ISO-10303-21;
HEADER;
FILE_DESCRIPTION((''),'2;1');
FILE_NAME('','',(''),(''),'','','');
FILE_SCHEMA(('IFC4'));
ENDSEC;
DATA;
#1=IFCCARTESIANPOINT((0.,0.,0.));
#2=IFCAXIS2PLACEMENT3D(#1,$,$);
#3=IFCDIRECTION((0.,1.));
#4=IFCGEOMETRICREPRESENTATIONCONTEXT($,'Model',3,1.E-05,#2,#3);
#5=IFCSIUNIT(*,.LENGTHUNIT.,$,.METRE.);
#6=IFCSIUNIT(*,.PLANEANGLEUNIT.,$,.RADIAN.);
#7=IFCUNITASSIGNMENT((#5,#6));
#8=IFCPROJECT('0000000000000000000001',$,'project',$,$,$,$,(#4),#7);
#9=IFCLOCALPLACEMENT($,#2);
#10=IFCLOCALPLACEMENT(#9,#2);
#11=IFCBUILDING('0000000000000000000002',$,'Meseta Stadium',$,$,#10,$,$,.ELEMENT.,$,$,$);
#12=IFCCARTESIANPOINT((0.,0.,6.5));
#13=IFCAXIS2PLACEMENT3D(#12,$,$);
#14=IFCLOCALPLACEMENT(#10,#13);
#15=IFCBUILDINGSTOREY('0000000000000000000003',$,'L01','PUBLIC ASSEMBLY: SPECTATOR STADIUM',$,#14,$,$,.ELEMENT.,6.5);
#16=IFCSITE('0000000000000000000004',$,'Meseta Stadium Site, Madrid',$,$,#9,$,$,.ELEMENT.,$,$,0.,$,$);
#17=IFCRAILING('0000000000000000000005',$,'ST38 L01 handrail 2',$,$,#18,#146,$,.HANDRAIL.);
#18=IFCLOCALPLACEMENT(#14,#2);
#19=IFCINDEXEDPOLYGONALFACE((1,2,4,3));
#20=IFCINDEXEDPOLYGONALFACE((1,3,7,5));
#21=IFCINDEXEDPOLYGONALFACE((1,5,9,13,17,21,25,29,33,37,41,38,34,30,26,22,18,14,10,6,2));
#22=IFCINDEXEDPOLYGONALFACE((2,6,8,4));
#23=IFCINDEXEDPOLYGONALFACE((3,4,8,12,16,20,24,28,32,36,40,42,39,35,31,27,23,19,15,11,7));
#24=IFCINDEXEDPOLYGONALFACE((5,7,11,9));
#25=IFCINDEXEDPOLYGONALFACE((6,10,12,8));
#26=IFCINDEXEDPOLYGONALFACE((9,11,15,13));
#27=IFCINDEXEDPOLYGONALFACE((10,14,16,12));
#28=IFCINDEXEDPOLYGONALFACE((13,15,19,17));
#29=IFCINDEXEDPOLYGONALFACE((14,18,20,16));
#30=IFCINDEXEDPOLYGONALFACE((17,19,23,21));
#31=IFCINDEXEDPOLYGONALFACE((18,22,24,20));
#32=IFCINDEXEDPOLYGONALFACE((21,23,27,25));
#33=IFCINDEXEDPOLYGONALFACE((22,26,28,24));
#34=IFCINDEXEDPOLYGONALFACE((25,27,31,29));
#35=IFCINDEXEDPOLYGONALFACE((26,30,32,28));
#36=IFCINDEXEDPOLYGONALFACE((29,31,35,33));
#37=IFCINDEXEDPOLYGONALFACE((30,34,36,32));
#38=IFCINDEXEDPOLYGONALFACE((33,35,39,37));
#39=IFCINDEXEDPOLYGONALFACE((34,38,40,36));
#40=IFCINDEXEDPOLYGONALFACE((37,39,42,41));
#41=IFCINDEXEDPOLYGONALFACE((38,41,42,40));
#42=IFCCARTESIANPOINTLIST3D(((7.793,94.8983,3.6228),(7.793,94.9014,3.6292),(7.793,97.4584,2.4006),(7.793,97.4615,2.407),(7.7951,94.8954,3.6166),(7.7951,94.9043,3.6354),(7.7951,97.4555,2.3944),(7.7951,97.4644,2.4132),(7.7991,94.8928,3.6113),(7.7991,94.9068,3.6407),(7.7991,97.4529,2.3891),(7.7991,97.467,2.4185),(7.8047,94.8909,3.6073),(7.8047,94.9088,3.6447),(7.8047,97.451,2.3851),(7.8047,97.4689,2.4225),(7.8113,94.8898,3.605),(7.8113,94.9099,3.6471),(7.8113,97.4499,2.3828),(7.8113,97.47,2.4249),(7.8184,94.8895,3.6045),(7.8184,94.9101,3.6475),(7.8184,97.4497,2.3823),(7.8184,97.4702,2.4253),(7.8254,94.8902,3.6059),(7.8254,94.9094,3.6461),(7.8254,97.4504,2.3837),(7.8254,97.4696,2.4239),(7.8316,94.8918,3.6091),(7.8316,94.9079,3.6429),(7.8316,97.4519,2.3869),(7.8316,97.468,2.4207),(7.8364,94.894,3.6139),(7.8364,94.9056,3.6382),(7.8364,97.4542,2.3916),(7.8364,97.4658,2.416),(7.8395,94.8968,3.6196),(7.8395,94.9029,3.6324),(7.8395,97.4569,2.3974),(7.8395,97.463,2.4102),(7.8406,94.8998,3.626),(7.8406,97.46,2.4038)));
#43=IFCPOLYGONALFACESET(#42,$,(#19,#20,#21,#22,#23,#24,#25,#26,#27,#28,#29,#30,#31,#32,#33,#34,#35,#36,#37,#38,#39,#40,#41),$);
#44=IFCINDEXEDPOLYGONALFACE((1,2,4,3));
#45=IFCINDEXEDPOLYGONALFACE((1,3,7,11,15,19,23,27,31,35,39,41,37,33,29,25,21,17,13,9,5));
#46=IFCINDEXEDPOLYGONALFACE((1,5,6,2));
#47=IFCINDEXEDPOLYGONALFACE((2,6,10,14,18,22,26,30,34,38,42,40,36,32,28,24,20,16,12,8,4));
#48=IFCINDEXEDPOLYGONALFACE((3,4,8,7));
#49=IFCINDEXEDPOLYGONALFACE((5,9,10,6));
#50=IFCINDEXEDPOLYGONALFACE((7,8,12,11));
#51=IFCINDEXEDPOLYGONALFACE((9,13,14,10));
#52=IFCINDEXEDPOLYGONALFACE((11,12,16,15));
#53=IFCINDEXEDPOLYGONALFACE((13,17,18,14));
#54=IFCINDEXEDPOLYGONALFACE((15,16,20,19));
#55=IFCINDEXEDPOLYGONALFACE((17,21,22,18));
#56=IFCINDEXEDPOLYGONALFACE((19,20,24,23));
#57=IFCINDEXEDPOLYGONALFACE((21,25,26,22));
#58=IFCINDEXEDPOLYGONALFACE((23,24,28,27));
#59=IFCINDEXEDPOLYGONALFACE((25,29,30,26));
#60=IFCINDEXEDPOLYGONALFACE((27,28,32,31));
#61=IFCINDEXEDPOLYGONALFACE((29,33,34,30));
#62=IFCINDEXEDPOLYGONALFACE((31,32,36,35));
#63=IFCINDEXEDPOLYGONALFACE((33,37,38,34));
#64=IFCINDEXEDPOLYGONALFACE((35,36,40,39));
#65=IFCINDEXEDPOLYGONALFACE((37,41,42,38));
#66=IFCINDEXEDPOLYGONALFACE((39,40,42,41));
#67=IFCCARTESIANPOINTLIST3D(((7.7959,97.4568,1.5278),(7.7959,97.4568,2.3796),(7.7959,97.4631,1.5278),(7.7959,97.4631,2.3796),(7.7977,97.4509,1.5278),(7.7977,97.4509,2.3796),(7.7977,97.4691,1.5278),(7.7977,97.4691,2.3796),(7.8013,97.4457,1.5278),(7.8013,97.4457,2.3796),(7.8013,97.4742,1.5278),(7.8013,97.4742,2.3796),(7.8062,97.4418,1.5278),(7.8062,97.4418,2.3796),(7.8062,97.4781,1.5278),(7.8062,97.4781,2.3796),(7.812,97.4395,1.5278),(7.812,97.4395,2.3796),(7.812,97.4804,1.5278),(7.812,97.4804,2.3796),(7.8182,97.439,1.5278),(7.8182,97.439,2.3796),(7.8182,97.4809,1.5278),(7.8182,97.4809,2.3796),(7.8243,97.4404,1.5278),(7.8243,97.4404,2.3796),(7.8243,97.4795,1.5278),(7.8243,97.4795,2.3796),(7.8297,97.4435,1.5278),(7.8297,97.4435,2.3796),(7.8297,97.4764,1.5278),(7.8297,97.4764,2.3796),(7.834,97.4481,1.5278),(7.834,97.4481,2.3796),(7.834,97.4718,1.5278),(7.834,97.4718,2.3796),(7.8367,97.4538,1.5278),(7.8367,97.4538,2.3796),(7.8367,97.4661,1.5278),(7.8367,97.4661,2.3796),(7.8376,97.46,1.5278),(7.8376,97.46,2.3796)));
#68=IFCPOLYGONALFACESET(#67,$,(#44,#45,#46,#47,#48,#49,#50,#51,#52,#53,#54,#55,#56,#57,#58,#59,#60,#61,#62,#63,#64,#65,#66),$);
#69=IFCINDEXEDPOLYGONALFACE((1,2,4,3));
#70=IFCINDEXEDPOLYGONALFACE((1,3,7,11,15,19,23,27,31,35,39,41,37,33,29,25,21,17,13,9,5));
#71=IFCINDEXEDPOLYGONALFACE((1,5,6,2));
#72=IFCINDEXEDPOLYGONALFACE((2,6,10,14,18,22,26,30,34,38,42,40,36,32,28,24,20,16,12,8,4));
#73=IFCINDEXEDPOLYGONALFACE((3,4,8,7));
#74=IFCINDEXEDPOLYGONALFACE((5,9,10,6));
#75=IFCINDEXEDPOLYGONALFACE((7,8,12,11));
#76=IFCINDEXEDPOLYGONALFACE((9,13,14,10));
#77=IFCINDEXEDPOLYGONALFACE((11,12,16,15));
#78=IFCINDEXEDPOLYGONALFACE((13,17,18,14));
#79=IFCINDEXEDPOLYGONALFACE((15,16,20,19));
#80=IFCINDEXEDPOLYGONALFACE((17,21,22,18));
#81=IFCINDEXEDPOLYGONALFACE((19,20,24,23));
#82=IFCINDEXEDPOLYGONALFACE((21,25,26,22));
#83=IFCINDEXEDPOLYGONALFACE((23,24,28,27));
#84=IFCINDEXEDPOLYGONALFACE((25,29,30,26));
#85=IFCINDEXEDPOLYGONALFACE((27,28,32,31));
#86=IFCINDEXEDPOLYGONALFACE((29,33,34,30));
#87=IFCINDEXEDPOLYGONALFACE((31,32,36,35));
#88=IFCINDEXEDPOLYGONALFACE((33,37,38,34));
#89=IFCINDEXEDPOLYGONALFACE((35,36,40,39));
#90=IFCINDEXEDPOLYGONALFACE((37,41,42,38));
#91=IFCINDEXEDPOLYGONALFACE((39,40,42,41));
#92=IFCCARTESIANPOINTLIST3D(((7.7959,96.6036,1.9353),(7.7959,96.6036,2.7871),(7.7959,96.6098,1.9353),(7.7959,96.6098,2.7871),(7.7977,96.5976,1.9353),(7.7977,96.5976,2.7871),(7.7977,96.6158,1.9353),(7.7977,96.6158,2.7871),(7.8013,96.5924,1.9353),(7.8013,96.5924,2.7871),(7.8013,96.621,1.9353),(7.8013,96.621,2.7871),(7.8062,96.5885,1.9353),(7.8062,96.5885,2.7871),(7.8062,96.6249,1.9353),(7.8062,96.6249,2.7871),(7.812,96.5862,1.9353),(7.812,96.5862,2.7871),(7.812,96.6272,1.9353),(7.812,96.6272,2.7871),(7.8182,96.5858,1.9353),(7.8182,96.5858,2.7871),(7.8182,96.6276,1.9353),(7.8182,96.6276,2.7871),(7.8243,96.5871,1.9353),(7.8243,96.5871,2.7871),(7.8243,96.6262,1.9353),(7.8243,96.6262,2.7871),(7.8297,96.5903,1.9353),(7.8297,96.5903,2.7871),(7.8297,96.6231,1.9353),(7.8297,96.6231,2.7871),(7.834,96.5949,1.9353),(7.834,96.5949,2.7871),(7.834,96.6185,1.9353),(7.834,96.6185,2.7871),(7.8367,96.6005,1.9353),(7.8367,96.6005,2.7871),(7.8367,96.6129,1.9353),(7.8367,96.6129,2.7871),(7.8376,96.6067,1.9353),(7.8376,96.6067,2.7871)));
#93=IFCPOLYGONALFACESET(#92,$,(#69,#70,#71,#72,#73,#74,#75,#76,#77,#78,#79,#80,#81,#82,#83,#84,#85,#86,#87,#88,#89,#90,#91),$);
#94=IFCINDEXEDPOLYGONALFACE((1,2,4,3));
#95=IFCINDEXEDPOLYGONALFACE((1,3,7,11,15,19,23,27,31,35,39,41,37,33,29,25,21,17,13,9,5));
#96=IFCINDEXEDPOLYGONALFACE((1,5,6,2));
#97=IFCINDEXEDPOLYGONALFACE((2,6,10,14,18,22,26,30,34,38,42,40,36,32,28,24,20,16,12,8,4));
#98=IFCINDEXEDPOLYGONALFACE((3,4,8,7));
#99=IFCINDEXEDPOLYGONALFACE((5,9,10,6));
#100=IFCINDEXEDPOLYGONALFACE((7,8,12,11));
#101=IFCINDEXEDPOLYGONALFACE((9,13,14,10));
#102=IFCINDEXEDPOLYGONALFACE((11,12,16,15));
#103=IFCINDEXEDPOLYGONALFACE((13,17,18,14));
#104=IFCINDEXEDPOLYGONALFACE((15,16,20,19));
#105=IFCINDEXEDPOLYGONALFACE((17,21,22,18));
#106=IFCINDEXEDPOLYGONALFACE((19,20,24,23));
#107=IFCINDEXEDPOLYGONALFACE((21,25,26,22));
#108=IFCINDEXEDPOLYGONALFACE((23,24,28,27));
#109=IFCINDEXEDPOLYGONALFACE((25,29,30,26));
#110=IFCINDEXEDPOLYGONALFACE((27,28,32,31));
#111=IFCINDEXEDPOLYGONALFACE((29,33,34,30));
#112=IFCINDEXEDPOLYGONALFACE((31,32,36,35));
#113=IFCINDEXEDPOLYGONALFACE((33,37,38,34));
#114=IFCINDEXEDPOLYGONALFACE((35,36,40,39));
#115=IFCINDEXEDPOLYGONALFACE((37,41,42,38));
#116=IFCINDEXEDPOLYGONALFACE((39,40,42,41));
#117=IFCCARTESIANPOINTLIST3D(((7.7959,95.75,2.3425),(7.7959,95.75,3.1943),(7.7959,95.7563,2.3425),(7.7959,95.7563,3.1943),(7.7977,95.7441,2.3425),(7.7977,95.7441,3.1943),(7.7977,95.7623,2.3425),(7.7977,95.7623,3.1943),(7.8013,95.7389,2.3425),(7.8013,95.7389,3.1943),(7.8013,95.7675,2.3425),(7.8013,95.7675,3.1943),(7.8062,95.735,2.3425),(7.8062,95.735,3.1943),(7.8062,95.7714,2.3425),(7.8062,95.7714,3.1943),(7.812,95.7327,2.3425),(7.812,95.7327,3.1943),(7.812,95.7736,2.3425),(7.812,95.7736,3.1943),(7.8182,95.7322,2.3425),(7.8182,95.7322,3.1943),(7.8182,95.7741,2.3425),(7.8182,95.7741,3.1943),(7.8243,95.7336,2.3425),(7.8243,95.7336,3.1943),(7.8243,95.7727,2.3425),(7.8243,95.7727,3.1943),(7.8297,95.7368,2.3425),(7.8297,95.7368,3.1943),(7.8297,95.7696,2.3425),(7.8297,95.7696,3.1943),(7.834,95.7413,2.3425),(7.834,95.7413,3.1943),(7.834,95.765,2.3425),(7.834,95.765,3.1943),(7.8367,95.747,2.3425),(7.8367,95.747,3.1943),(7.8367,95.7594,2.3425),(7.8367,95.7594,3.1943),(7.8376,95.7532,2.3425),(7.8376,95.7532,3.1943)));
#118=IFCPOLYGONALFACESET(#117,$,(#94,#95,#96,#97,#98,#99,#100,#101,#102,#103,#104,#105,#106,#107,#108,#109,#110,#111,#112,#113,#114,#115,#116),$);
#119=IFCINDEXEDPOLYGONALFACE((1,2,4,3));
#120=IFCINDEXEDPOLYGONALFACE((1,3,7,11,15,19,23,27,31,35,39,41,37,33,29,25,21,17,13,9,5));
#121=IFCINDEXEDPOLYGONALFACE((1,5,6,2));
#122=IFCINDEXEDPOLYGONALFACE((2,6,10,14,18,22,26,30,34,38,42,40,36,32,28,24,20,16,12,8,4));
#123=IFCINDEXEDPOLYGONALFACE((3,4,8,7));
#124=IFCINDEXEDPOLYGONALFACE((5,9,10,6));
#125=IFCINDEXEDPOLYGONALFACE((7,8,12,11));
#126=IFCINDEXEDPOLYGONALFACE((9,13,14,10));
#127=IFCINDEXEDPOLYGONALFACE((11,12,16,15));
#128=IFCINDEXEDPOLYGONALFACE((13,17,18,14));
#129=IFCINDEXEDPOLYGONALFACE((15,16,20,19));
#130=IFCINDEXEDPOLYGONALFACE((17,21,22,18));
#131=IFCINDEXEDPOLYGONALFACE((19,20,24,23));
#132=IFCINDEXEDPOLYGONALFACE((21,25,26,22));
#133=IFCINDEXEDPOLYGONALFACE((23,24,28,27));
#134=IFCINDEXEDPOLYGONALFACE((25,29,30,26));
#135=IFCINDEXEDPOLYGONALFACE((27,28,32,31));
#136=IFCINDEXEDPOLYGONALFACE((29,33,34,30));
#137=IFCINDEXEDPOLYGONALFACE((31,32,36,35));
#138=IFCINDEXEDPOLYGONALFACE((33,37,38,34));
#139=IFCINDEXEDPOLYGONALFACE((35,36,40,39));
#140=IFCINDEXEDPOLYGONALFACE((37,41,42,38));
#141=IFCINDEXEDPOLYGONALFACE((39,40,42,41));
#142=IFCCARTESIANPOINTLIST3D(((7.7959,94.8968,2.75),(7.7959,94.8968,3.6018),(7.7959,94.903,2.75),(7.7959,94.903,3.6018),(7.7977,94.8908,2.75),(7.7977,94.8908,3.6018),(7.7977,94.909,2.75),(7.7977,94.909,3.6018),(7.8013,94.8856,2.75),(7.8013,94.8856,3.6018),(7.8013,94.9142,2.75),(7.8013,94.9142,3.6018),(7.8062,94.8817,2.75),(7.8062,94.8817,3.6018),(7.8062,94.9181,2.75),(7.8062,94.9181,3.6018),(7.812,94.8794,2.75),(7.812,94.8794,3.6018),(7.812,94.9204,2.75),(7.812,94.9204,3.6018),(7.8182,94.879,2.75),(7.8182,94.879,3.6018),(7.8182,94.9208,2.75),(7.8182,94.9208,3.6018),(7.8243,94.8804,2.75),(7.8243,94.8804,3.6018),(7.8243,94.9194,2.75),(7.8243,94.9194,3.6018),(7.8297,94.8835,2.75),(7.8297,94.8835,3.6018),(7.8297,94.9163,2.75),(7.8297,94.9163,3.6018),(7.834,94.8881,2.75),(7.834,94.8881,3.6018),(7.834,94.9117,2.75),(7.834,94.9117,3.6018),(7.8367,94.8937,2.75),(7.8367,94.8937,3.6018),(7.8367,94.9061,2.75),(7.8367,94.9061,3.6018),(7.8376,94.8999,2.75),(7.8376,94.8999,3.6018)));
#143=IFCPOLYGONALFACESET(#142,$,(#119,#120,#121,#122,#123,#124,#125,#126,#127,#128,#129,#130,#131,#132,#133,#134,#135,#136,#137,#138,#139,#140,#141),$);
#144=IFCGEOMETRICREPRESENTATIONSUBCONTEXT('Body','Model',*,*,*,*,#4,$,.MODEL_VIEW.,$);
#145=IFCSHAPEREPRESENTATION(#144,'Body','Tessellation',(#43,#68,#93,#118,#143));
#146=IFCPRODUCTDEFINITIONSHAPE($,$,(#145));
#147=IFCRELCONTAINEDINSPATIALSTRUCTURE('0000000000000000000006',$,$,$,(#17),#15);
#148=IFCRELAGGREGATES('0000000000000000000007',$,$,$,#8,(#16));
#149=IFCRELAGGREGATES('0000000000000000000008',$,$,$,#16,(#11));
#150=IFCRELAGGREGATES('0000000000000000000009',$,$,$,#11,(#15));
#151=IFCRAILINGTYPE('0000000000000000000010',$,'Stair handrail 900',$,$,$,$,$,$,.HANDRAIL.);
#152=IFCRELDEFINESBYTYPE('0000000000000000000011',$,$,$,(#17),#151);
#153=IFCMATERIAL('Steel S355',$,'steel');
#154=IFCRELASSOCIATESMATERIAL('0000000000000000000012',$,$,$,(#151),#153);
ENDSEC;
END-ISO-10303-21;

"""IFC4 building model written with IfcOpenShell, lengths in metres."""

from ifc_helpers import new_model, si_unit, direction, frame, origin, origin_2d, place, context, subcontext, project, spatial, circle, extrude, material, type_object, element, save


model = new_model("IFC4")

# Units and contexts
model_context = context("Model", 3, precision=1e-05, world=origin(), true_north=direction((0.0, 1.0)))
body_context = subcontext(model_context, "Body", "Model", "MODEL_VIEW")
ifc_project = project(units=[si_unit("LENGTHUNIT", "METRE"), si_unit("PLANEANGLEUNIT", "RADIAN")], contexts=[model_context])

# Site, building, storey
site_placement = place(None, origin())
site = spatial("IfcSite", under=ifc_project, at=site_placement, Name="Meseta Stadium Site, Madrid", CompositionType="ELEMENT", RefElevation=0.0)
building_placement = place(site_placement, origin())
building = spatial("IfcBuilding", under=site, at=building_placement, Name="Meseta Stadium", CompositionType="ELEMENT")
storey_placement = place(building_placement, frame((0.0, 0.0, 6.5)))
storey = spatial("IfcBuildingStorey", under=building, at=storey_placement, Name="L01", Description="PUBLIC ASSEMBLY: SPECTATOR STADIUM", CompositionType="ELEMENT", Elevation=6.5)

# Railing
ifc_material_1 = material(Name="Steel S355", Category="steel")
railing_type_1 = type_object("IfcRailingType", Name="Stair handrail 900", PredefinedType="HANDRAIL", material=ifc_material_1)
railing_1_placement = place(storey_placement, frame((7.8167, 97.46, 1.5278)))
element("IfcRailing", 1, at=railing_1_placement, inside=storey, type_object=railing_type_1, Name="ST38 L01 handrail 2", PredefinedType="HANDRAIL", context=body_context, shape_type="SweptSolid", body=[
    extrude(circle(Radius=0.0239, at=origin_2d()), frame((0.0, 0.0, 0.876), z_axis=(0.0, -0.902437, 0.430822), x_axis=(1.0, 0.0, 0.0)), (0.0, 0.0, 1.0), 2.8369),
    extrude(circle(Radius=0.021, at=origin_2d()), origin(), (0.0, 0.0, 1.0), 0.8518),
    extrude(circle(Radius=0.021, at=origin_2d()), frame((0.0, -0.8533, 0.4075)), (0.0, 0.0, 1.0), 0.8518),
    extrude(circle(Radius=0.021, at=origin_2d()), frame((0.0, -1.7068, 0.8147)), (0.0, 0.0, 1.0), 0.8518),
    extrude(circle(Radius=0.021, at=origin_2d()), frame((0.0, -2.5601, 1.2222)), (0.0, 0.0, 1.0), 0.8518),
])

save(model, "model.ifc")
